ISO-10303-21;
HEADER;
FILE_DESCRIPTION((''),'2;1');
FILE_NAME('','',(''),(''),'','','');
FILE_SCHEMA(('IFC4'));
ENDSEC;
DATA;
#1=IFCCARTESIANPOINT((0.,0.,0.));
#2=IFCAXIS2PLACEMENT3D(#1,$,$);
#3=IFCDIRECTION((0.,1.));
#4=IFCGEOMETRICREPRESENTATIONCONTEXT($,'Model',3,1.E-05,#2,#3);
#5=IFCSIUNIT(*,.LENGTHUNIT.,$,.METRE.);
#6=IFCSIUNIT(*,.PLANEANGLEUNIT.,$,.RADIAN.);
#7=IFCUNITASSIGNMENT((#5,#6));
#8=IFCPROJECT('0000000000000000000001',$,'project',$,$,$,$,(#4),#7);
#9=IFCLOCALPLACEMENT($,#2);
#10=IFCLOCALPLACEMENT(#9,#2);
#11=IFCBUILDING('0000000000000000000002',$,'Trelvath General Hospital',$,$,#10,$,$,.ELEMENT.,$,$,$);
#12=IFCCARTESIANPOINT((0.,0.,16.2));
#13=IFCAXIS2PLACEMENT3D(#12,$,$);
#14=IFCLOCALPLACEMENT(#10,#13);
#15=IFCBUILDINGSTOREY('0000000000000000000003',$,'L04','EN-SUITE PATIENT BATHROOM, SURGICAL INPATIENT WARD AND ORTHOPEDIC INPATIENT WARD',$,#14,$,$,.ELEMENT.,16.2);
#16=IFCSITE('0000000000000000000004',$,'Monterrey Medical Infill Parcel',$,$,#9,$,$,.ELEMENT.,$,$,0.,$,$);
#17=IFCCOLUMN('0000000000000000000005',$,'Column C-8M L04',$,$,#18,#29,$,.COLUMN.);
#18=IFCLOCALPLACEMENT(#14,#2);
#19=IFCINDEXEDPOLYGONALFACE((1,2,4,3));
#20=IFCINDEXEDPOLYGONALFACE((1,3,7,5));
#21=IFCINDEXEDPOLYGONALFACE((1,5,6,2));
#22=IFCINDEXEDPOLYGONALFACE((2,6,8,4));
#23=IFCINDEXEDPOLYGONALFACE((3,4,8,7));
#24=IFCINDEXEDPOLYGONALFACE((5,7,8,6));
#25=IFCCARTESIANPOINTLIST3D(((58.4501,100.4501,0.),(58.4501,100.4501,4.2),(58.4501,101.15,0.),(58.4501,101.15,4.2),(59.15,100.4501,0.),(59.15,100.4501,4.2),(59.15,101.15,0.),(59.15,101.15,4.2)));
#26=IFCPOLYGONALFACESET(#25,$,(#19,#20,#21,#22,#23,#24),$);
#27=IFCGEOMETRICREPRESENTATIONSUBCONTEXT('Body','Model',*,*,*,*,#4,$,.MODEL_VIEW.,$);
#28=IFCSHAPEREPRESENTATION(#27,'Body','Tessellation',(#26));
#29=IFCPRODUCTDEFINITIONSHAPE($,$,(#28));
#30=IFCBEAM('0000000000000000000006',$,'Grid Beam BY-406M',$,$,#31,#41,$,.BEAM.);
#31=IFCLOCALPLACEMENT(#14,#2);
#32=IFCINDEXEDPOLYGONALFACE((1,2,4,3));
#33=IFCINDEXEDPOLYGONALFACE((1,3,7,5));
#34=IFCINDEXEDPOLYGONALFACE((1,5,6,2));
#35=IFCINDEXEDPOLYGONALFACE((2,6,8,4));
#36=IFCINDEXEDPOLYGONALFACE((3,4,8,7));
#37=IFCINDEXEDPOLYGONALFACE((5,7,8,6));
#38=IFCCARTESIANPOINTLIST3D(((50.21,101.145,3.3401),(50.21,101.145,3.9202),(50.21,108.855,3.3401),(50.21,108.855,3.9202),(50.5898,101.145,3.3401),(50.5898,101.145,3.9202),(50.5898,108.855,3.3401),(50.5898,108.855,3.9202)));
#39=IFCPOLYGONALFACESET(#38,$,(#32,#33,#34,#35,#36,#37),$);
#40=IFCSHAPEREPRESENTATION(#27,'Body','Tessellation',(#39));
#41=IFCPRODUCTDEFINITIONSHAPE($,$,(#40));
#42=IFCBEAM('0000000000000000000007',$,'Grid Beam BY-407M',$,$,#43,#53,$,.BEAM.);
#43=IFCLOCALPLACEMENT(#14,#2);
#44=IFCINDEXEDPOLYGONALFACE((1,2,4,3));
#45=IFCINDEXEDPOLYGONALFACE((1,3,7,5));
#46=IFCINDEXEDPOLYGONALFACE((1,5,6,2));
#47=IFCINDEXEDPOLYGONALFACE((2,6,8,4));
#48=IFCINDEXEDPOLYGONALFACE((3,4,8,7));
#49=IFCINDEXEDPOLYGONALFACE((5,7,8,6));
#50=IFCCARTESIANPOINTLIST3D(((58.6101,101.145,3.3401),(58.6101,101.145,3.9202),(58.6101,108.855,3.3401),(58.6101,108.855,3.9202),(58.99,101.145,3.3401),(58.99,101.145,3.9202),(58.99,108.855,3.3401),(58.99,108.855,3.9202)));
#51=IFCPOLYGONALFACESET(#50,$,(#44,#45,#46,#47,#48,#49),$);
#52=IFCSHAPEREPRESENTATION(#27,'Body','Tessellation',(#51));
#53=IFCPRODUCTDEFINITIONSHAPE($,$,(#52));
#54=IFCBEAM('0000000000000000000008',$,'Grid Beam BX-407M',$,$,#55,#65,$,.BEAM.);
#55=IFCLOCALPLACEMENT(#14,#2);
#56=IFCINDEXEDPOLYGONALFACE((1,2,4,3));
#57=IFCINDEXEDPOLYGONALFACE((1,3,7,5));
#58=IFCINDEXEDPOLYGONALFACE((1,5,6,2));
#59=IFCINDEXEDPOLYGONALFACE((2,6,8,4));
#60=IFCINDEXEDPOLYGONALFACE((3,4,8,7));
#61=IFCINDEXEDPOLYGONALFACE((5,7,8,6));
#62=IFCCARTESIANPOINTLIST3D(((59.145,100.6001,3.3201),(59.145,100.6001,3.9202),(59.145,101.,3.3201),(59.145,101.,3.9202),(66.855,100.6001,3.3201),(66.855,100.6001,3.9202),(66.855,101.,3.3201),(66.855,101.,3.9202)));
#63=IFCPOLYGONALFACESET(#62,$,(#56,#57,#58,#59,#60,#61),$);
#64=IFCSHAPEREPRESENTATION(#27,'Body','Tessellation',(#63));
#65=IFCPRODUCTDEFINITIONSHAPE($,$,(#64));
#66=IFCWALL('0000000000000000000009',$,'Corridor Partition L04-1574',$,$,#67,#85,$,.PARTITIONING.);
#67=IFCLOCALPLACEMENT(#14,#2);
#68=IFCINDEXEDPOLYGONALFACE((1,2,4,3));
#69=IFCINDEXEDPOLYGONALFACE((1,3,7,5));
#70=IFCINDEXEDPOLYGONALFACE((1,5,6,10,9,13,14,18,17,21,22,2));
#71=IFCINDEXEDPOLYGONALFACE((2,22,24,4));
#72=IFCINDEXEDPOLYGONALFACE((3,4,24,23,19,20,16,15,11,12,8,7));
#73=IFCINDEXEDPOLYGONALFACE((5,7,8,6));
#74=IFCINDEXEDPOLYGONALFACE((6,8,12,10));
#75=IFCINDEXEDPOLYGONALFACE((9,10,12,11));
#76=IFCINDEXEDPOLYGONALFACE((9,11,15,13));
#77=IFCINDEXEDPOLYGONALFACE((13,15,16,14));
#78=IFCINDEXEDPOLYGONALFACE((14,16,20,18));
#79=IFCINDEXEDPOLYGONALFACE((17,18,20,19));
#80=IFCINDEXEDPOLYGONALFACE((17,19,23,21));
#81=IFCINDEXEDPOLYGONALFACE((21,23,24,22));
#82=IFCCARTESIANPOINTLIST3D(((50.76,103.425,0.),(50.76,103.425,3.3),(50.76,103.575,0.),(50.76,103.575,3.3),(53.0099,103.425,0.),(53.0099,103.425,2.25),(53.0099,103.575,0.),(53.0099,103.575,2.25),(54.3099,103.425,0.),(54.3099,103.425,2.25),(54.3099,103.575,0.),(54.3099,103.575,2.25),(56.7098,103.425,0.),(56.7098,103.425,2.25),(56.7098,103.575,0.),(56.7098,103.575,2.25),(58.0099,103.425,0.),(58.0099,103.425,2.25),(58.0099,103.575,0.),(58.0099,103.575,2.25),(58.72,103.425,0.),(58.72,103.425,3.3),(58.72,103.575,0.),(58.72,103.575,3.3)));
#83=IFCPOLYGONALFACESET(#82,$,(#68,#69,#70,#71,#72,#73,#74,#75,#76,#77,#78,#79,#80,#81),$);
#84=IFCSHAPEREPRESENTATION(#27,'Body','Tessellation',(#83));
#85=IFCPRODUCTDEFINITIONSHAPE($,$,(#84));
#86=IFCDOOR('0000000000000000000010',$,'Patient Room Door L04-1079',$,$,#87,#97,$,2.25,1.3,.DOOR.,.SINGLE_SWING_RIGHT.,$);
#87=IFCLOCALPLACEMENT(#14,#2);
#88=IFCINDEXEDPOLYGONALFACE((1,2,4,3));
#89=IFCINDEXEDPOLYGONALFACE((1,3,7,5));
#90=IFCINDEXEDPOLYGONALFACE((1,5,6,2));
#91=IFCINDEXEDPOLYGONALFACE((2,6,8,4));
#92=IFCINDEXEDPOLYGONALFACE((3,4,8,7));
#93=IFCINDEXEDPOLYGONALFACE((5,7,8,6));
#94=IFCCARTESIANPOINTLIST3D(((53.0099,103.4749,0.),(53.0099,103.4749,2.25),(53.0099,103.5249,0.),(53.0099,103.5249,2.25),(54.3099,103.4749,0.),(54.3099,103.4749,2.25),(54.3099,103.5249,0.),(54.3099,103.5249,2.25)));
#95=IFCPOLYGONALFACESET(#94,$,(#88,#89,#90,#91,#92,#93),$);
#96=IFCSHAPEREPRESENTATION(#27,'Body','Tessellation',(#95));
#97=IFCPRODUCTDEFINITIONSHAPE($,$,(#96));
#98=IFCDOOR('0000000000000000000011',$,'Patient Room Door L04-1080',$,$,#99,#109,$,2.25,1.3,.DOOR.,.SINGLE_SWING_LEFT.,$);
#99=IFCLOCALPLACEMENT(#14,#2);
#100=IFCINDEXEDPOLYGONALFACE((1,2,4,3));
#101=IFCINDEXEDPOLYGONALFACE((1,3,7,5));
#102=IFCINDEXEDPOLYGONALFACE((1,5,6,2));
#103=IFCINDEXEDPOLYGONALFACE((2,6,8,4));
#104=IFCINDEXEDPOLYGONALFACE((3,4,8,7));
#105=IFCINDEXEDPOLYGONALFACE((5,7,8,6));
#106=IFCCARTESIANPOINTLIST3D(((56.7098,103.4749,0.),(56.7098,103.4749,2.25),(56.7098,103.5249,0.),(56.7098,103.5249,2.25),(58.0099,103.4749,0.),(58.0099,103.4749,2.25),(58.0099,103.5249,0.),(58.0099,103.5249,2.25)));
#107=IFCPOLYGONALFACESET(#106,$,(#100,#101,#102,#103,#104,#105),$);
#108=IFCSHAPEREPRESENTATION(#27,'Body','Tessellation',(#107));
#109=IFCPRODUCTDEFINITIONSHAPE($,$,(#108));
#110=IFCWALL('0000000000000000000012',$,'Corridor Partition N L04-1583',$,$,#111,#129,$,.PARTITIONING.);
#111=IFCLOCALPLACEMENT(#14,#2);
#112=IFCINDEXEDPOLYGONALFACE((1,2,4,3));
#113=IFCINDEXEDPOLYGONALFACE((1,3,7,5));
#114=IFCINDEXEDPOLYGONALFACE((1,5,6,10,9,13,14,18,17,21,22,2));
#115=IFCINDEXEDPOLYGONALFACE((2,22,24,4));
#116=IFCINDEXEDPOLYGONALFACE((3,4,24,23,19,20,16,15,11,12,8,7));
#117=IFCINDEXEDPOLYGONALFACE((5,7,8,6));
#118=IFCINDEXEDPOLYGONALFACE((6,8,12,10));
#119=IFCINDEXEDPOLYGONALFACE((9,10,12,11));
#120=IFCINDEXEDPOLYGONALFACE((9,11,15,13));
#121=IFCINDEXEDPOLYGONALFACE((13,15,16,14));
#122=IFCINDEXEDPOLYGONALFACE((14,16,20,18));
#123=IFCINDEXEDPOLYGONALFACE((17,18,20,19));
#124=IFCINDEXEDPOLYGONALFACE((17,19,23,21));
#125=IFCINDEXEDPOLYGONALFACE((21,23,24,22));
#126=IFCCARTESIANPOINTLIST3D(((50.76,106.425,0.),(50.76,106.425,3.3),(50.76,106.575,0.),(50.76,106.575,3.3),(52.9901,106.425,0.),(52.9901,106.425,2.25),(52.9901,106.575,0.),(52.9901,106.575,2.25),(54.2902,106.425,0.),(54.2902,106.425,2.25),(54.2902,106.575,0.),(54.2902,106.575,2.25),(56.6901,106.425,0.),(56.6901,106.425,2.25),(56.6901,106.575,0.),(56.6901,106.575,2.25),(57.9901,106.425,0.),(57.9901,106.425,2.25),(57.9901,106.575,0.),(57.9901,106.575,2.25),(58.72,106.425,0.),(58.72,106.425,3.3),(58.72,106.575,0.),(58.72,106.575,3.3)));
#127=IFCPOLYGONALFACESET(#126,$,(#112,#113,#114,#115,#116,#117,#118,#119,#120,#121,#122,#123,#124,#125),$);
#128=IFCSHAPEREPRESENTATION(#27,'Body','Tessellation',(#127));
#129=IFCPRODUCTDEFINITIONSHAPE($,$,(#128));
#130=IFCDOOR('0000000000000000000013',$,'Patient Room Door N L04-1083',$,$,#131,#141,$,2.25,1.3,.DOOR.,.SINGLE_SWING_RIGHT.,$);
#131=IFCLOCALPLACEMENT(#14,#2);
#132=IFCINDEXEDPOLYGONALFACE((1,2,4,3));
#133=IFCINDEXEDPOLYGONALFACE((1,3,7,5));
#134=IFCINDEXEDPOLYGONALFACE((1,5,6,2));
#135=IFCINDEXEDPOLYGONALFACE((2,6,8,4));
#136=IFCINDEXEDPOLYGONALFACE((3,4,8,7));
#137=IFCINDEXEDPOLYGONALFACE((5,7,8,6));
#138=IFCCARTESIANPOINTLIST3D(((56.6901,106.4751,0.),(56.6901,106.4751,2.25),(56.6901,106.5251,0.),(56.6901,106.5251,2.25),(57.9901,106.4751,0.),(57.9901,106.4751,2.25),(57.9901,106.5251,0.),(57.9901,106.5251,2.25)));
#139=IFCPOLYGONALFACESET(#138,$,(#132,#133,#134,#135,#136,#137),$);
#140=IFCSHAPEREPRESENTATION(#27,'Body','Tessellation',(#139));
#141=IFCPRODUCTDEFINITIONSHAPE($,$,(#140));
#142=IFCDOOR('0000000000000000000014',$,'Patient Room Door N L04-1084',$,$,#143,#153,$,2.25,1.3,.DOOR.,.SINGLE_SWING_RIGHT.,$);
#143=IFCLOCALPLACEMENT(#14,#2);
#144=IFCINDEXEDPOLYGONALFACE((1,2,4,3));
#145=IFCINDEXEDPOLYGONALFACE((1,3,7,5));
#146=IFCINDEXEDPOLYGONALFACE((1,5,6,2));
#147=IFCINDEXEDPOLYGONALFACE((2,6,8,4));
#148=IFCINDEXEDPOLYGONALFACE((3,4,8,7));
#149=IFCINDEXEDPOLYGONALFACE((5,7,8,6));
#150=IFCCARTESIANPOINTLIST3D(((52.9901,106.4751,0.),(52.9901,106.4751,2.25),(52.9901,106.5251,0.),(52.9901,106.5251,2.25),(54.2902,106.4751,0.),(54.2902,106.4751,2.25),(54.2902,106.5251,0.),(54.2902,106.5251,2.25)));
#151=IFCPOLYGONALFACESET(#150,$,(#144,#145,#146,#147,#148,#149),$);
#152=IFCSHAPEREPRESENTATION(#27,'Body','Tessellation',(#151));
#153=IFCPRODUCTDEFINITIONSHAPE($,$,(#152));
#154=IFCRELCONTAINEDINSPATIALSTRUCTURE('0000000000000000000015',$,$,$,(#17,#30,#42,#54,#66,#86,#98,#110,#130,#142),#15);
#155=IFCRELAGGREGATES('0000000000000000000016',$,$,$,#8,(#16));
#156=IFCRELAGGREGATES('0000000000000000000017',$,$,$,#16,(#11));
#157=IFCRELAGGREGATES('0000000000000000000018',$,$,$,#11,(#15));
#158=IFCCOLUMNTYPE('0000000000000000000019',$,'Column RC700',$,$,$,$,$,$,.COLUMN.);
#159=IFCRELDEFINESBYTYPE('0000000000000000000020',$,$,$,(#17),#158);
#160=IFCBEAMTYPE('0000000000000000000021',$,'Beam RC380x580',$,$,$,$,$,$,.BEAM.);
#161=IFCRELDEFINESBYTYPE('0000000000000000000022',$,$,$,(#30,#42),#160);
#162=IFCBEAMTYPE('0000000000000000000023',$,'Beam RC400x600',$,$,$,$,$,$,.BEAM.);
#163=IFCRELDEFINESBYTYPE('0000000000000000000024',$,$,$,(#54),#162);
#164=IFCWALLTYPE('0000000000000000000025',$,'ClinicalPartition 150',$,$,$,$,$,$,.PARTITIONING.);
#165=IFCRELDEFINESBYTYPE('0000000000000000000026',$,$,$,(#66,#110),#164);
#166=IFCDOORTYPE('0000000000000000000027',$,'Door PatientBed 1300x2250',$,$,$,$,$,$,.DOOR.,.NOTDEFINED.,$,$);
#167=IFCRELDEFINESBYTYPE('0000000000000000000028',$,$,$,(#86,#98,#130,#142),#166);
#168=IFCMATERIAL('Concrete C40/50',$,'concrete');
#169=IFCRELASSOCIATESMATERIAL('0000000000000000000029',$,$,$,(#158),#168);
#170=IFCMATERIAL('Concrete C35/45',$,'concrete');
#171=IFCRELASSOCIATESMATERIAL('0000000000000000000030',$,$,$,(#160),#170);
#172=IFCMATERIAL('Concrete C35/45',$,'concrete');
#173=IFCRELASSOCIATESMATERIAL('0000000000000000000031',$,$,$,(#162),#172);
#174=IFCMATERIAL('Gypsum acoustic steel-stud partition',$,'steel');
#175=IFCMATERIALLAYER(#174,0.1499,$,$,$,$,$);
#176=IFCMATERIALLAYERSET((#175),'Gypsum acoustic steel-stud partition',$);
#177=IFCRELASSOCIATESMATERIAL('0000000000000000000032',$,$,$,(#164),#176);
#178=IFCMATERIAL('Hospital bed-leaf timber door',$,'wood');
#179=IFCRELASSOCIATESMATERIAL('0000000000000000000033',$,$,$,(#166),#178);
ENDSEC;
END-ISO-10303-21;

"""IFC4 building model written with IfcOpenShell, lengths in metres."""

from ifc_helpers import new_model, si_unit, direction, frame, frame_2d, origin, origin_2d, place, context, subcontext, project, spatial, rectangle, extrude, material, layer, layer_set, material_profile, profile_set, type_object, element, fill, save


model = new_model("IFC4")

# Units and contexts
model_context = context("Model", 3, precision=1e-05, world=origin(), true_north=direction((0.0, 1.0)))
body_context = subcontext(model_context, "Body", "Model", "MODEL_VIEW")
ifc_project = project(units=[si_unit("LENGTHUNIT", "METRE"), si_unit("PLANEANGLEUNIT", "RADIAN")], contexts=[model_context])

# Site, building, storey
site_placement = place(None, origin())
site = spatial("IfcSite", under=ifc_project, at=site_placement, Name="Monterrey Medical Infill Parcel", CompositionType="ELEMENT", RefElevation=0.0)
building_placement = place(site_placement, origin())
building = spatial("IfcBuilding", under=site, at=building_placement, Name="Trelvath General Hospital", CompositionType="ELEMENT")
storey_placement = place(building_placement, frame((0.0, 0.0, 16.2)))
storey = spatial("IfcBuildingStorey", under=building, at=storey_placement, Name="L04", Description="EN-SUITE PATIENT BATHROOM, SURGICAL INPATIENT WARD AND ORTHOPEDIC INPATIENT WARD", CompositionType="ELEMENT", Elevation=16.2)

# Column
ifc_material_1 = material(Name="Concrete C40/50", Category="concrete")
ifc_material_profile_1 = material_profile(ifc_material_1, rectangle(XDim=0.7, YDim=0.7, at=origin_2d()), Name="RC700x700")
ifc_profile_set_1 = profile_set([ifc_material_profile_1], Name="Concrete C40/50")
column_type = type_object("IfcColumnType", Name="Column RC700", PredefinedType="COLUMN", material=ifc_profile_set_1)
column_placement = place(storey_placement, frame((58.8, 100.8, 0.0), z_axis=(0.0, 0.0, 1.0), x_axis=(1.0, 0.0, 0.0)))
element("IfcColumn", 1, at=column_placement, inside=storey, type_object=column_type, Name="Column C-8M L04", PredefinedType="COLUMN", context=body_context, shape_type="SweptSolid", body=[
    extrude(rectangle(XDim=0.7, YDim=0.7, at=origin_2d()), origin(), (0.0, 0.0, 1.0), 4.2),
])

# Beams
ifc_material_2 = material(Name="Concrete C35/45", Category="concrete")
ifc_material_profile_2 = material_profile(ifc_material_2, rectangle(XDim=0.3799, YDim=0.5801, at=origin_2d()), Name="RCB380x580")
ifc_profile_set_2 = profile_set([ifc_material_profile_2], Name="Concrete C35/45")
beam_type_1 = type_object("IfcBeamType", Name="Beam RC380x580", PredefinedType="BEAM", material=ifc_profile_set_2)
for number, where, z_axis, x_axis, name in (
    (2, (50.3999, 101.145, 3.6301), (0.0, 1.0, 0.0), (-1.0, 0.0, 0.0), "Grid Beam BY-406M"),
    (3, (58.8, 101.145, 3.6301), (0.0, 1.0, 0.0), (-1.0, 0.0, 0.0), "Grid Beam BY-407M"),
):
    element("IfcBeam", number, at=place(storey_placement, frame(where, z_axis=z_axis, x_axis=x_axis)), inside=storey, type_object=beam_type_1, Name=name, PredefinedType="BEAM", context=body_context, shape_type="SweptSolid", body=[
        extrude(rectangle(XDim=0.3799, YDim=0.5801, at=origin_2d()), origin(), (0.0, 0.0, 1.0), 7.71),
    ])
ifc_material_3 = material(Name="Concrete C35/45", Category="concrete")
ifc_material_profile_3 = material_profile(ifc_material_3, rectangle(XDim=0.3999, YDim=0.6001, at=origin_2d()), Name="RCB400x600")
ifc_profile_set_3 = profile_set([ifc_material_profile_3], Name="Concrete C35/45")
beam_type_2 = type_object("IfcBeamType", Name="Beam RC400x600", PredefinedType="BEAM", material=ifc_profile_set_3)
beam_placement = place(storey_placement, frame((59.145, 100.8, 3.6201), z_axis=(1.0, 0.0, 0.0), x_axis=(0.0, 1.0, 0.0)))
element("IfcBeam", 4, at=beam_placement, inside=storey, type_object=beam_type_2, Name="Grid Beam BX-407M", PredefinedType="BEAM", context=body_context, shape_type="SweptSolid", body=[
    extrude(rectangle(XDim=0.3999, YDim=0.6001, at=origin_2d()), origin(), (0.0, 0.0, 1.0), 7.71),
])

# Walls, openings, doors
ifc_material_4 = material(Name="Gypsum acoustic steel-stud partition", Category="steel")
ifc_layer_1 = layer(ifc_material_4, 0.1499)
ifc_layer_set_1 = layer_set([ifc_layer_1], Name="Gypsum acoustic steel-stud partition")
wall_type_1 = type_object("IfcWallType", Name="ClinicalPartition 150", PredefinedType="PARTITIONING", material=ifc_layer_set_1)
wall_1_placement = place(storey_placement, frame((50.76, 103.5, 0.0), z_axis=(0.0, 0.0, 1.0), x_axis=(1.0, 0.0, 0.0)))
wall_1 = element("IfcWall", 5, at=wall_1_placement, inside=storey, type_object=wall_type_1, Name="Corridor Partition L04-1574", PredefinedType="PARTITIONING", context=body_context, shape_type="SweptSolid", body=[
    extrude(rectangle(XDim=7.96, YDim=0.1499, at=frame_2d((3.98, 0.0))), origin(), (0.0, 0.0, 1.0), 3.3),
])
opening_1_placement = place(wall_1_placement, frame((2.25, 0.0, 0.0)))
opening_1 = element("IfcOpeningElement", 6, at=opening_1_placement, cuts=wall_1, PredefinedType="OPENING", context=body_context, shape_type="SweptSolid", body=[
    extrude(rectangle(XDim=1.3, YDim=2.25, at=frame_2d((0.6499, 1.125))), frame((0.0, 0.085, 0.0), z_axis=(0.0, -1.0, 0.0), x_axis=(1.0, 0.0, 0.0)), (0.0, 0.0, 1.0), 0.1699),
])
opening_2_placement = place(wall_1_placement, frame((5.95, 0.0, 0.0)))
opening_2 = element("IfcOpeningElement", 7, at=opening_2_placement, cuts=wall_1, PredefinedType="OPENING", context=body_context, shape_type="SweptSolid", body=[
    extrude(rectangle(XDim=1.3, YDim=2.25, at=frame_2d((0.6499, 1.125))), frame((0.0, 0.085, 0.0), z_axis=(0.0, -1.0, 0.0), x_axis=(1.0, 0.0, 0.0)), (0.0, 0.0, 1.0), 0.1699),
])
ifc_material_5 = material(Name="Hospital bed-leaf timber door", Category="wood")
door_type_1 = type_object("IfcDoorType", Name="Door PatientBed 1300x2250", OperationType="NOTDEFINED", PredefinedType="DOOR", material=ifc_material_5)
door_1_placement = place(opening_1_placement, origin())
door_1 = element("IfcDoor", 8, at=door_1_placement, inside=storey, type_object=door_type_1, Name="Patient Room Door L04-1079", OperationType="SINGLE_SWING_RIGHT", OverallHeight=2.25, OverallWidth=1.3, PredefinedType="DOOR", context=body_context, shape_type="SweptSolid", body=[
    extrude(rectangle(XDim=1.3, YDim=2.25, at=frame_2d((0.6499, 1.125))), frame((0.0, 0.0249, 0.0), z_axis=(0.0, -1.0, 0.0), x_axis=(1.0, 0.0, 0.0)), (0.0, 0.0, 1.0), 0.05),
])
fill(opening_1, door_1)
door_2_placement = place(opening_2_placement, origin())
door_2 = element("IfcDoor", 9, at=door_2_placement, inside=storey, type_object=door_type_1, Name="Patient Room Door L04-1080", OperationType="SINGLE_SWING_LEFT", OverallHeight=2.25, OverallWidth=1.3, PredefinedType="DOOR", context=body_context, shape_type="SweptSolid", body=[
    extrude(rectangle(XDim=1.3, YDim=2.25, at=frame_2d((0.6499, 1.125))), frame((0.0, 0.0249, 0.0), z_axis=(0.0, -1.0, 0.0), x_axis=(1.0, 0.0, 0.0)), (0.0, 0.0, 1.0), 0.05),
])
fill(opening_2, door_2)
wall_2_placement = place(storey_placement, frame((58.72, 106.5, 0.0), z_axis=(0.0, 0.0, 1.0), x_axis=(-1.0, 0.0, 0.0)))
wall_2 = element("IfcWall", 10, at=wall_2_placement, inside=storey, type_object=wall_type_1, Name="Corridor Partition N L04-1583", PredefinedType="PARTITIONING", context=body_context, shape_type="SweptSolid", body=[
    extrude(rectangle(XDim=7.96, YDim=0.1499, at=frame_2d((3.98, 0.0))), origin(), (0.0, 0.0, 1.0), 3.3),
])
opening_3_placement = place(wall_2_placement, frame((0.73, 0.0, 0.0)))
opening_3 = element("IfcOpeningElement", 11, at=opening_3_placement, cuts=wall_2, PredefinedType="OPENING", context=body_context, shape_type="SweptSolid", body=[
    extrude(rectangle(XDim=1.3, YDim=2.25, at=frame_2d((0.6499, 1.125))), frame((0.0, 0.085, 0.0), z_axis=(0.0, -1.0, 0.0), x_axis=(1.0, 0.0, 0.0)), (0.0, 0.0, 1.0), 0.1699),
])
opening_4_placement = place(wall_2_placement, frame((4.4299, 0.0, 0.0)))
opening_4 = element("IfcOpeningElement", 12, at=opening_4_placement, cuts=wall_2, PredefinedType="OPENING", context=body_context, shape_type="SweptSolid", body=[
    extrude(rectangle(XDim=1.3, YDim=2.25, at=frame_2d((0.6499, 1.125))), frame((0.0, 0.085, 0.0), z_axis=(0.0, -1.0, 0.0), x_axis=(1.0, 0.0, 0.0)), (0.0, 0.0, 1.0), 0.1699),
])
door_3_placement = place(opening_3_placement, origin())
door_3 = element("IfcDoor", 13, at=door_3_placement, inside=storey, type_object=door_type_1, Name="Patient Room Door N L04-1083", OperationType="SINGLE_SWING_RIGHT", OverallHeight=2.25, OverallWidth=1.3, PredefinedType="DOOR", context=body_context, shape_type="SweptSolid", body=[
    extrude(rectangle(XDim=1.3, YDim=2.25, at=frame_2d((0.6499, 1.125))), frame((0.0, 0.0249, 0.0), z_axis=(0.0, -1.0, 0.0), x_axis=(1.0, 0.0, 0.0)), (0.0, 0.0, 1.0), 0.05),
])
fill(opening_3, door_3)
door_4_placement = place(opening_4_placement, origin())
door_4 = element("IfcDoor", 14, at=door_4_placement, inside=storey, type_object=door_type_1, Name="Patient Room Door N L04-1084", OperationType="SINGLE_SWING_RIGHT", OverallHeight=2.25, OverallWidth=1.3, PredefinedType="DOOR", context=body_context, shape_type="SweptSolid", body=[
    extrude(rectangle(XDim=1.3, YDim=2.25, at=frame_2d((0.6499, 1.125))), frame((0.0, 0.0249, 0.0), z_axis=(0.0, -1.0, 0.0), x_axis=(1.0, 0.0, 0.0)), (0.0, 0.0, 1.0), 0.05),
])
fill(opening_4, door_4)

save(model, "model.ifc")
